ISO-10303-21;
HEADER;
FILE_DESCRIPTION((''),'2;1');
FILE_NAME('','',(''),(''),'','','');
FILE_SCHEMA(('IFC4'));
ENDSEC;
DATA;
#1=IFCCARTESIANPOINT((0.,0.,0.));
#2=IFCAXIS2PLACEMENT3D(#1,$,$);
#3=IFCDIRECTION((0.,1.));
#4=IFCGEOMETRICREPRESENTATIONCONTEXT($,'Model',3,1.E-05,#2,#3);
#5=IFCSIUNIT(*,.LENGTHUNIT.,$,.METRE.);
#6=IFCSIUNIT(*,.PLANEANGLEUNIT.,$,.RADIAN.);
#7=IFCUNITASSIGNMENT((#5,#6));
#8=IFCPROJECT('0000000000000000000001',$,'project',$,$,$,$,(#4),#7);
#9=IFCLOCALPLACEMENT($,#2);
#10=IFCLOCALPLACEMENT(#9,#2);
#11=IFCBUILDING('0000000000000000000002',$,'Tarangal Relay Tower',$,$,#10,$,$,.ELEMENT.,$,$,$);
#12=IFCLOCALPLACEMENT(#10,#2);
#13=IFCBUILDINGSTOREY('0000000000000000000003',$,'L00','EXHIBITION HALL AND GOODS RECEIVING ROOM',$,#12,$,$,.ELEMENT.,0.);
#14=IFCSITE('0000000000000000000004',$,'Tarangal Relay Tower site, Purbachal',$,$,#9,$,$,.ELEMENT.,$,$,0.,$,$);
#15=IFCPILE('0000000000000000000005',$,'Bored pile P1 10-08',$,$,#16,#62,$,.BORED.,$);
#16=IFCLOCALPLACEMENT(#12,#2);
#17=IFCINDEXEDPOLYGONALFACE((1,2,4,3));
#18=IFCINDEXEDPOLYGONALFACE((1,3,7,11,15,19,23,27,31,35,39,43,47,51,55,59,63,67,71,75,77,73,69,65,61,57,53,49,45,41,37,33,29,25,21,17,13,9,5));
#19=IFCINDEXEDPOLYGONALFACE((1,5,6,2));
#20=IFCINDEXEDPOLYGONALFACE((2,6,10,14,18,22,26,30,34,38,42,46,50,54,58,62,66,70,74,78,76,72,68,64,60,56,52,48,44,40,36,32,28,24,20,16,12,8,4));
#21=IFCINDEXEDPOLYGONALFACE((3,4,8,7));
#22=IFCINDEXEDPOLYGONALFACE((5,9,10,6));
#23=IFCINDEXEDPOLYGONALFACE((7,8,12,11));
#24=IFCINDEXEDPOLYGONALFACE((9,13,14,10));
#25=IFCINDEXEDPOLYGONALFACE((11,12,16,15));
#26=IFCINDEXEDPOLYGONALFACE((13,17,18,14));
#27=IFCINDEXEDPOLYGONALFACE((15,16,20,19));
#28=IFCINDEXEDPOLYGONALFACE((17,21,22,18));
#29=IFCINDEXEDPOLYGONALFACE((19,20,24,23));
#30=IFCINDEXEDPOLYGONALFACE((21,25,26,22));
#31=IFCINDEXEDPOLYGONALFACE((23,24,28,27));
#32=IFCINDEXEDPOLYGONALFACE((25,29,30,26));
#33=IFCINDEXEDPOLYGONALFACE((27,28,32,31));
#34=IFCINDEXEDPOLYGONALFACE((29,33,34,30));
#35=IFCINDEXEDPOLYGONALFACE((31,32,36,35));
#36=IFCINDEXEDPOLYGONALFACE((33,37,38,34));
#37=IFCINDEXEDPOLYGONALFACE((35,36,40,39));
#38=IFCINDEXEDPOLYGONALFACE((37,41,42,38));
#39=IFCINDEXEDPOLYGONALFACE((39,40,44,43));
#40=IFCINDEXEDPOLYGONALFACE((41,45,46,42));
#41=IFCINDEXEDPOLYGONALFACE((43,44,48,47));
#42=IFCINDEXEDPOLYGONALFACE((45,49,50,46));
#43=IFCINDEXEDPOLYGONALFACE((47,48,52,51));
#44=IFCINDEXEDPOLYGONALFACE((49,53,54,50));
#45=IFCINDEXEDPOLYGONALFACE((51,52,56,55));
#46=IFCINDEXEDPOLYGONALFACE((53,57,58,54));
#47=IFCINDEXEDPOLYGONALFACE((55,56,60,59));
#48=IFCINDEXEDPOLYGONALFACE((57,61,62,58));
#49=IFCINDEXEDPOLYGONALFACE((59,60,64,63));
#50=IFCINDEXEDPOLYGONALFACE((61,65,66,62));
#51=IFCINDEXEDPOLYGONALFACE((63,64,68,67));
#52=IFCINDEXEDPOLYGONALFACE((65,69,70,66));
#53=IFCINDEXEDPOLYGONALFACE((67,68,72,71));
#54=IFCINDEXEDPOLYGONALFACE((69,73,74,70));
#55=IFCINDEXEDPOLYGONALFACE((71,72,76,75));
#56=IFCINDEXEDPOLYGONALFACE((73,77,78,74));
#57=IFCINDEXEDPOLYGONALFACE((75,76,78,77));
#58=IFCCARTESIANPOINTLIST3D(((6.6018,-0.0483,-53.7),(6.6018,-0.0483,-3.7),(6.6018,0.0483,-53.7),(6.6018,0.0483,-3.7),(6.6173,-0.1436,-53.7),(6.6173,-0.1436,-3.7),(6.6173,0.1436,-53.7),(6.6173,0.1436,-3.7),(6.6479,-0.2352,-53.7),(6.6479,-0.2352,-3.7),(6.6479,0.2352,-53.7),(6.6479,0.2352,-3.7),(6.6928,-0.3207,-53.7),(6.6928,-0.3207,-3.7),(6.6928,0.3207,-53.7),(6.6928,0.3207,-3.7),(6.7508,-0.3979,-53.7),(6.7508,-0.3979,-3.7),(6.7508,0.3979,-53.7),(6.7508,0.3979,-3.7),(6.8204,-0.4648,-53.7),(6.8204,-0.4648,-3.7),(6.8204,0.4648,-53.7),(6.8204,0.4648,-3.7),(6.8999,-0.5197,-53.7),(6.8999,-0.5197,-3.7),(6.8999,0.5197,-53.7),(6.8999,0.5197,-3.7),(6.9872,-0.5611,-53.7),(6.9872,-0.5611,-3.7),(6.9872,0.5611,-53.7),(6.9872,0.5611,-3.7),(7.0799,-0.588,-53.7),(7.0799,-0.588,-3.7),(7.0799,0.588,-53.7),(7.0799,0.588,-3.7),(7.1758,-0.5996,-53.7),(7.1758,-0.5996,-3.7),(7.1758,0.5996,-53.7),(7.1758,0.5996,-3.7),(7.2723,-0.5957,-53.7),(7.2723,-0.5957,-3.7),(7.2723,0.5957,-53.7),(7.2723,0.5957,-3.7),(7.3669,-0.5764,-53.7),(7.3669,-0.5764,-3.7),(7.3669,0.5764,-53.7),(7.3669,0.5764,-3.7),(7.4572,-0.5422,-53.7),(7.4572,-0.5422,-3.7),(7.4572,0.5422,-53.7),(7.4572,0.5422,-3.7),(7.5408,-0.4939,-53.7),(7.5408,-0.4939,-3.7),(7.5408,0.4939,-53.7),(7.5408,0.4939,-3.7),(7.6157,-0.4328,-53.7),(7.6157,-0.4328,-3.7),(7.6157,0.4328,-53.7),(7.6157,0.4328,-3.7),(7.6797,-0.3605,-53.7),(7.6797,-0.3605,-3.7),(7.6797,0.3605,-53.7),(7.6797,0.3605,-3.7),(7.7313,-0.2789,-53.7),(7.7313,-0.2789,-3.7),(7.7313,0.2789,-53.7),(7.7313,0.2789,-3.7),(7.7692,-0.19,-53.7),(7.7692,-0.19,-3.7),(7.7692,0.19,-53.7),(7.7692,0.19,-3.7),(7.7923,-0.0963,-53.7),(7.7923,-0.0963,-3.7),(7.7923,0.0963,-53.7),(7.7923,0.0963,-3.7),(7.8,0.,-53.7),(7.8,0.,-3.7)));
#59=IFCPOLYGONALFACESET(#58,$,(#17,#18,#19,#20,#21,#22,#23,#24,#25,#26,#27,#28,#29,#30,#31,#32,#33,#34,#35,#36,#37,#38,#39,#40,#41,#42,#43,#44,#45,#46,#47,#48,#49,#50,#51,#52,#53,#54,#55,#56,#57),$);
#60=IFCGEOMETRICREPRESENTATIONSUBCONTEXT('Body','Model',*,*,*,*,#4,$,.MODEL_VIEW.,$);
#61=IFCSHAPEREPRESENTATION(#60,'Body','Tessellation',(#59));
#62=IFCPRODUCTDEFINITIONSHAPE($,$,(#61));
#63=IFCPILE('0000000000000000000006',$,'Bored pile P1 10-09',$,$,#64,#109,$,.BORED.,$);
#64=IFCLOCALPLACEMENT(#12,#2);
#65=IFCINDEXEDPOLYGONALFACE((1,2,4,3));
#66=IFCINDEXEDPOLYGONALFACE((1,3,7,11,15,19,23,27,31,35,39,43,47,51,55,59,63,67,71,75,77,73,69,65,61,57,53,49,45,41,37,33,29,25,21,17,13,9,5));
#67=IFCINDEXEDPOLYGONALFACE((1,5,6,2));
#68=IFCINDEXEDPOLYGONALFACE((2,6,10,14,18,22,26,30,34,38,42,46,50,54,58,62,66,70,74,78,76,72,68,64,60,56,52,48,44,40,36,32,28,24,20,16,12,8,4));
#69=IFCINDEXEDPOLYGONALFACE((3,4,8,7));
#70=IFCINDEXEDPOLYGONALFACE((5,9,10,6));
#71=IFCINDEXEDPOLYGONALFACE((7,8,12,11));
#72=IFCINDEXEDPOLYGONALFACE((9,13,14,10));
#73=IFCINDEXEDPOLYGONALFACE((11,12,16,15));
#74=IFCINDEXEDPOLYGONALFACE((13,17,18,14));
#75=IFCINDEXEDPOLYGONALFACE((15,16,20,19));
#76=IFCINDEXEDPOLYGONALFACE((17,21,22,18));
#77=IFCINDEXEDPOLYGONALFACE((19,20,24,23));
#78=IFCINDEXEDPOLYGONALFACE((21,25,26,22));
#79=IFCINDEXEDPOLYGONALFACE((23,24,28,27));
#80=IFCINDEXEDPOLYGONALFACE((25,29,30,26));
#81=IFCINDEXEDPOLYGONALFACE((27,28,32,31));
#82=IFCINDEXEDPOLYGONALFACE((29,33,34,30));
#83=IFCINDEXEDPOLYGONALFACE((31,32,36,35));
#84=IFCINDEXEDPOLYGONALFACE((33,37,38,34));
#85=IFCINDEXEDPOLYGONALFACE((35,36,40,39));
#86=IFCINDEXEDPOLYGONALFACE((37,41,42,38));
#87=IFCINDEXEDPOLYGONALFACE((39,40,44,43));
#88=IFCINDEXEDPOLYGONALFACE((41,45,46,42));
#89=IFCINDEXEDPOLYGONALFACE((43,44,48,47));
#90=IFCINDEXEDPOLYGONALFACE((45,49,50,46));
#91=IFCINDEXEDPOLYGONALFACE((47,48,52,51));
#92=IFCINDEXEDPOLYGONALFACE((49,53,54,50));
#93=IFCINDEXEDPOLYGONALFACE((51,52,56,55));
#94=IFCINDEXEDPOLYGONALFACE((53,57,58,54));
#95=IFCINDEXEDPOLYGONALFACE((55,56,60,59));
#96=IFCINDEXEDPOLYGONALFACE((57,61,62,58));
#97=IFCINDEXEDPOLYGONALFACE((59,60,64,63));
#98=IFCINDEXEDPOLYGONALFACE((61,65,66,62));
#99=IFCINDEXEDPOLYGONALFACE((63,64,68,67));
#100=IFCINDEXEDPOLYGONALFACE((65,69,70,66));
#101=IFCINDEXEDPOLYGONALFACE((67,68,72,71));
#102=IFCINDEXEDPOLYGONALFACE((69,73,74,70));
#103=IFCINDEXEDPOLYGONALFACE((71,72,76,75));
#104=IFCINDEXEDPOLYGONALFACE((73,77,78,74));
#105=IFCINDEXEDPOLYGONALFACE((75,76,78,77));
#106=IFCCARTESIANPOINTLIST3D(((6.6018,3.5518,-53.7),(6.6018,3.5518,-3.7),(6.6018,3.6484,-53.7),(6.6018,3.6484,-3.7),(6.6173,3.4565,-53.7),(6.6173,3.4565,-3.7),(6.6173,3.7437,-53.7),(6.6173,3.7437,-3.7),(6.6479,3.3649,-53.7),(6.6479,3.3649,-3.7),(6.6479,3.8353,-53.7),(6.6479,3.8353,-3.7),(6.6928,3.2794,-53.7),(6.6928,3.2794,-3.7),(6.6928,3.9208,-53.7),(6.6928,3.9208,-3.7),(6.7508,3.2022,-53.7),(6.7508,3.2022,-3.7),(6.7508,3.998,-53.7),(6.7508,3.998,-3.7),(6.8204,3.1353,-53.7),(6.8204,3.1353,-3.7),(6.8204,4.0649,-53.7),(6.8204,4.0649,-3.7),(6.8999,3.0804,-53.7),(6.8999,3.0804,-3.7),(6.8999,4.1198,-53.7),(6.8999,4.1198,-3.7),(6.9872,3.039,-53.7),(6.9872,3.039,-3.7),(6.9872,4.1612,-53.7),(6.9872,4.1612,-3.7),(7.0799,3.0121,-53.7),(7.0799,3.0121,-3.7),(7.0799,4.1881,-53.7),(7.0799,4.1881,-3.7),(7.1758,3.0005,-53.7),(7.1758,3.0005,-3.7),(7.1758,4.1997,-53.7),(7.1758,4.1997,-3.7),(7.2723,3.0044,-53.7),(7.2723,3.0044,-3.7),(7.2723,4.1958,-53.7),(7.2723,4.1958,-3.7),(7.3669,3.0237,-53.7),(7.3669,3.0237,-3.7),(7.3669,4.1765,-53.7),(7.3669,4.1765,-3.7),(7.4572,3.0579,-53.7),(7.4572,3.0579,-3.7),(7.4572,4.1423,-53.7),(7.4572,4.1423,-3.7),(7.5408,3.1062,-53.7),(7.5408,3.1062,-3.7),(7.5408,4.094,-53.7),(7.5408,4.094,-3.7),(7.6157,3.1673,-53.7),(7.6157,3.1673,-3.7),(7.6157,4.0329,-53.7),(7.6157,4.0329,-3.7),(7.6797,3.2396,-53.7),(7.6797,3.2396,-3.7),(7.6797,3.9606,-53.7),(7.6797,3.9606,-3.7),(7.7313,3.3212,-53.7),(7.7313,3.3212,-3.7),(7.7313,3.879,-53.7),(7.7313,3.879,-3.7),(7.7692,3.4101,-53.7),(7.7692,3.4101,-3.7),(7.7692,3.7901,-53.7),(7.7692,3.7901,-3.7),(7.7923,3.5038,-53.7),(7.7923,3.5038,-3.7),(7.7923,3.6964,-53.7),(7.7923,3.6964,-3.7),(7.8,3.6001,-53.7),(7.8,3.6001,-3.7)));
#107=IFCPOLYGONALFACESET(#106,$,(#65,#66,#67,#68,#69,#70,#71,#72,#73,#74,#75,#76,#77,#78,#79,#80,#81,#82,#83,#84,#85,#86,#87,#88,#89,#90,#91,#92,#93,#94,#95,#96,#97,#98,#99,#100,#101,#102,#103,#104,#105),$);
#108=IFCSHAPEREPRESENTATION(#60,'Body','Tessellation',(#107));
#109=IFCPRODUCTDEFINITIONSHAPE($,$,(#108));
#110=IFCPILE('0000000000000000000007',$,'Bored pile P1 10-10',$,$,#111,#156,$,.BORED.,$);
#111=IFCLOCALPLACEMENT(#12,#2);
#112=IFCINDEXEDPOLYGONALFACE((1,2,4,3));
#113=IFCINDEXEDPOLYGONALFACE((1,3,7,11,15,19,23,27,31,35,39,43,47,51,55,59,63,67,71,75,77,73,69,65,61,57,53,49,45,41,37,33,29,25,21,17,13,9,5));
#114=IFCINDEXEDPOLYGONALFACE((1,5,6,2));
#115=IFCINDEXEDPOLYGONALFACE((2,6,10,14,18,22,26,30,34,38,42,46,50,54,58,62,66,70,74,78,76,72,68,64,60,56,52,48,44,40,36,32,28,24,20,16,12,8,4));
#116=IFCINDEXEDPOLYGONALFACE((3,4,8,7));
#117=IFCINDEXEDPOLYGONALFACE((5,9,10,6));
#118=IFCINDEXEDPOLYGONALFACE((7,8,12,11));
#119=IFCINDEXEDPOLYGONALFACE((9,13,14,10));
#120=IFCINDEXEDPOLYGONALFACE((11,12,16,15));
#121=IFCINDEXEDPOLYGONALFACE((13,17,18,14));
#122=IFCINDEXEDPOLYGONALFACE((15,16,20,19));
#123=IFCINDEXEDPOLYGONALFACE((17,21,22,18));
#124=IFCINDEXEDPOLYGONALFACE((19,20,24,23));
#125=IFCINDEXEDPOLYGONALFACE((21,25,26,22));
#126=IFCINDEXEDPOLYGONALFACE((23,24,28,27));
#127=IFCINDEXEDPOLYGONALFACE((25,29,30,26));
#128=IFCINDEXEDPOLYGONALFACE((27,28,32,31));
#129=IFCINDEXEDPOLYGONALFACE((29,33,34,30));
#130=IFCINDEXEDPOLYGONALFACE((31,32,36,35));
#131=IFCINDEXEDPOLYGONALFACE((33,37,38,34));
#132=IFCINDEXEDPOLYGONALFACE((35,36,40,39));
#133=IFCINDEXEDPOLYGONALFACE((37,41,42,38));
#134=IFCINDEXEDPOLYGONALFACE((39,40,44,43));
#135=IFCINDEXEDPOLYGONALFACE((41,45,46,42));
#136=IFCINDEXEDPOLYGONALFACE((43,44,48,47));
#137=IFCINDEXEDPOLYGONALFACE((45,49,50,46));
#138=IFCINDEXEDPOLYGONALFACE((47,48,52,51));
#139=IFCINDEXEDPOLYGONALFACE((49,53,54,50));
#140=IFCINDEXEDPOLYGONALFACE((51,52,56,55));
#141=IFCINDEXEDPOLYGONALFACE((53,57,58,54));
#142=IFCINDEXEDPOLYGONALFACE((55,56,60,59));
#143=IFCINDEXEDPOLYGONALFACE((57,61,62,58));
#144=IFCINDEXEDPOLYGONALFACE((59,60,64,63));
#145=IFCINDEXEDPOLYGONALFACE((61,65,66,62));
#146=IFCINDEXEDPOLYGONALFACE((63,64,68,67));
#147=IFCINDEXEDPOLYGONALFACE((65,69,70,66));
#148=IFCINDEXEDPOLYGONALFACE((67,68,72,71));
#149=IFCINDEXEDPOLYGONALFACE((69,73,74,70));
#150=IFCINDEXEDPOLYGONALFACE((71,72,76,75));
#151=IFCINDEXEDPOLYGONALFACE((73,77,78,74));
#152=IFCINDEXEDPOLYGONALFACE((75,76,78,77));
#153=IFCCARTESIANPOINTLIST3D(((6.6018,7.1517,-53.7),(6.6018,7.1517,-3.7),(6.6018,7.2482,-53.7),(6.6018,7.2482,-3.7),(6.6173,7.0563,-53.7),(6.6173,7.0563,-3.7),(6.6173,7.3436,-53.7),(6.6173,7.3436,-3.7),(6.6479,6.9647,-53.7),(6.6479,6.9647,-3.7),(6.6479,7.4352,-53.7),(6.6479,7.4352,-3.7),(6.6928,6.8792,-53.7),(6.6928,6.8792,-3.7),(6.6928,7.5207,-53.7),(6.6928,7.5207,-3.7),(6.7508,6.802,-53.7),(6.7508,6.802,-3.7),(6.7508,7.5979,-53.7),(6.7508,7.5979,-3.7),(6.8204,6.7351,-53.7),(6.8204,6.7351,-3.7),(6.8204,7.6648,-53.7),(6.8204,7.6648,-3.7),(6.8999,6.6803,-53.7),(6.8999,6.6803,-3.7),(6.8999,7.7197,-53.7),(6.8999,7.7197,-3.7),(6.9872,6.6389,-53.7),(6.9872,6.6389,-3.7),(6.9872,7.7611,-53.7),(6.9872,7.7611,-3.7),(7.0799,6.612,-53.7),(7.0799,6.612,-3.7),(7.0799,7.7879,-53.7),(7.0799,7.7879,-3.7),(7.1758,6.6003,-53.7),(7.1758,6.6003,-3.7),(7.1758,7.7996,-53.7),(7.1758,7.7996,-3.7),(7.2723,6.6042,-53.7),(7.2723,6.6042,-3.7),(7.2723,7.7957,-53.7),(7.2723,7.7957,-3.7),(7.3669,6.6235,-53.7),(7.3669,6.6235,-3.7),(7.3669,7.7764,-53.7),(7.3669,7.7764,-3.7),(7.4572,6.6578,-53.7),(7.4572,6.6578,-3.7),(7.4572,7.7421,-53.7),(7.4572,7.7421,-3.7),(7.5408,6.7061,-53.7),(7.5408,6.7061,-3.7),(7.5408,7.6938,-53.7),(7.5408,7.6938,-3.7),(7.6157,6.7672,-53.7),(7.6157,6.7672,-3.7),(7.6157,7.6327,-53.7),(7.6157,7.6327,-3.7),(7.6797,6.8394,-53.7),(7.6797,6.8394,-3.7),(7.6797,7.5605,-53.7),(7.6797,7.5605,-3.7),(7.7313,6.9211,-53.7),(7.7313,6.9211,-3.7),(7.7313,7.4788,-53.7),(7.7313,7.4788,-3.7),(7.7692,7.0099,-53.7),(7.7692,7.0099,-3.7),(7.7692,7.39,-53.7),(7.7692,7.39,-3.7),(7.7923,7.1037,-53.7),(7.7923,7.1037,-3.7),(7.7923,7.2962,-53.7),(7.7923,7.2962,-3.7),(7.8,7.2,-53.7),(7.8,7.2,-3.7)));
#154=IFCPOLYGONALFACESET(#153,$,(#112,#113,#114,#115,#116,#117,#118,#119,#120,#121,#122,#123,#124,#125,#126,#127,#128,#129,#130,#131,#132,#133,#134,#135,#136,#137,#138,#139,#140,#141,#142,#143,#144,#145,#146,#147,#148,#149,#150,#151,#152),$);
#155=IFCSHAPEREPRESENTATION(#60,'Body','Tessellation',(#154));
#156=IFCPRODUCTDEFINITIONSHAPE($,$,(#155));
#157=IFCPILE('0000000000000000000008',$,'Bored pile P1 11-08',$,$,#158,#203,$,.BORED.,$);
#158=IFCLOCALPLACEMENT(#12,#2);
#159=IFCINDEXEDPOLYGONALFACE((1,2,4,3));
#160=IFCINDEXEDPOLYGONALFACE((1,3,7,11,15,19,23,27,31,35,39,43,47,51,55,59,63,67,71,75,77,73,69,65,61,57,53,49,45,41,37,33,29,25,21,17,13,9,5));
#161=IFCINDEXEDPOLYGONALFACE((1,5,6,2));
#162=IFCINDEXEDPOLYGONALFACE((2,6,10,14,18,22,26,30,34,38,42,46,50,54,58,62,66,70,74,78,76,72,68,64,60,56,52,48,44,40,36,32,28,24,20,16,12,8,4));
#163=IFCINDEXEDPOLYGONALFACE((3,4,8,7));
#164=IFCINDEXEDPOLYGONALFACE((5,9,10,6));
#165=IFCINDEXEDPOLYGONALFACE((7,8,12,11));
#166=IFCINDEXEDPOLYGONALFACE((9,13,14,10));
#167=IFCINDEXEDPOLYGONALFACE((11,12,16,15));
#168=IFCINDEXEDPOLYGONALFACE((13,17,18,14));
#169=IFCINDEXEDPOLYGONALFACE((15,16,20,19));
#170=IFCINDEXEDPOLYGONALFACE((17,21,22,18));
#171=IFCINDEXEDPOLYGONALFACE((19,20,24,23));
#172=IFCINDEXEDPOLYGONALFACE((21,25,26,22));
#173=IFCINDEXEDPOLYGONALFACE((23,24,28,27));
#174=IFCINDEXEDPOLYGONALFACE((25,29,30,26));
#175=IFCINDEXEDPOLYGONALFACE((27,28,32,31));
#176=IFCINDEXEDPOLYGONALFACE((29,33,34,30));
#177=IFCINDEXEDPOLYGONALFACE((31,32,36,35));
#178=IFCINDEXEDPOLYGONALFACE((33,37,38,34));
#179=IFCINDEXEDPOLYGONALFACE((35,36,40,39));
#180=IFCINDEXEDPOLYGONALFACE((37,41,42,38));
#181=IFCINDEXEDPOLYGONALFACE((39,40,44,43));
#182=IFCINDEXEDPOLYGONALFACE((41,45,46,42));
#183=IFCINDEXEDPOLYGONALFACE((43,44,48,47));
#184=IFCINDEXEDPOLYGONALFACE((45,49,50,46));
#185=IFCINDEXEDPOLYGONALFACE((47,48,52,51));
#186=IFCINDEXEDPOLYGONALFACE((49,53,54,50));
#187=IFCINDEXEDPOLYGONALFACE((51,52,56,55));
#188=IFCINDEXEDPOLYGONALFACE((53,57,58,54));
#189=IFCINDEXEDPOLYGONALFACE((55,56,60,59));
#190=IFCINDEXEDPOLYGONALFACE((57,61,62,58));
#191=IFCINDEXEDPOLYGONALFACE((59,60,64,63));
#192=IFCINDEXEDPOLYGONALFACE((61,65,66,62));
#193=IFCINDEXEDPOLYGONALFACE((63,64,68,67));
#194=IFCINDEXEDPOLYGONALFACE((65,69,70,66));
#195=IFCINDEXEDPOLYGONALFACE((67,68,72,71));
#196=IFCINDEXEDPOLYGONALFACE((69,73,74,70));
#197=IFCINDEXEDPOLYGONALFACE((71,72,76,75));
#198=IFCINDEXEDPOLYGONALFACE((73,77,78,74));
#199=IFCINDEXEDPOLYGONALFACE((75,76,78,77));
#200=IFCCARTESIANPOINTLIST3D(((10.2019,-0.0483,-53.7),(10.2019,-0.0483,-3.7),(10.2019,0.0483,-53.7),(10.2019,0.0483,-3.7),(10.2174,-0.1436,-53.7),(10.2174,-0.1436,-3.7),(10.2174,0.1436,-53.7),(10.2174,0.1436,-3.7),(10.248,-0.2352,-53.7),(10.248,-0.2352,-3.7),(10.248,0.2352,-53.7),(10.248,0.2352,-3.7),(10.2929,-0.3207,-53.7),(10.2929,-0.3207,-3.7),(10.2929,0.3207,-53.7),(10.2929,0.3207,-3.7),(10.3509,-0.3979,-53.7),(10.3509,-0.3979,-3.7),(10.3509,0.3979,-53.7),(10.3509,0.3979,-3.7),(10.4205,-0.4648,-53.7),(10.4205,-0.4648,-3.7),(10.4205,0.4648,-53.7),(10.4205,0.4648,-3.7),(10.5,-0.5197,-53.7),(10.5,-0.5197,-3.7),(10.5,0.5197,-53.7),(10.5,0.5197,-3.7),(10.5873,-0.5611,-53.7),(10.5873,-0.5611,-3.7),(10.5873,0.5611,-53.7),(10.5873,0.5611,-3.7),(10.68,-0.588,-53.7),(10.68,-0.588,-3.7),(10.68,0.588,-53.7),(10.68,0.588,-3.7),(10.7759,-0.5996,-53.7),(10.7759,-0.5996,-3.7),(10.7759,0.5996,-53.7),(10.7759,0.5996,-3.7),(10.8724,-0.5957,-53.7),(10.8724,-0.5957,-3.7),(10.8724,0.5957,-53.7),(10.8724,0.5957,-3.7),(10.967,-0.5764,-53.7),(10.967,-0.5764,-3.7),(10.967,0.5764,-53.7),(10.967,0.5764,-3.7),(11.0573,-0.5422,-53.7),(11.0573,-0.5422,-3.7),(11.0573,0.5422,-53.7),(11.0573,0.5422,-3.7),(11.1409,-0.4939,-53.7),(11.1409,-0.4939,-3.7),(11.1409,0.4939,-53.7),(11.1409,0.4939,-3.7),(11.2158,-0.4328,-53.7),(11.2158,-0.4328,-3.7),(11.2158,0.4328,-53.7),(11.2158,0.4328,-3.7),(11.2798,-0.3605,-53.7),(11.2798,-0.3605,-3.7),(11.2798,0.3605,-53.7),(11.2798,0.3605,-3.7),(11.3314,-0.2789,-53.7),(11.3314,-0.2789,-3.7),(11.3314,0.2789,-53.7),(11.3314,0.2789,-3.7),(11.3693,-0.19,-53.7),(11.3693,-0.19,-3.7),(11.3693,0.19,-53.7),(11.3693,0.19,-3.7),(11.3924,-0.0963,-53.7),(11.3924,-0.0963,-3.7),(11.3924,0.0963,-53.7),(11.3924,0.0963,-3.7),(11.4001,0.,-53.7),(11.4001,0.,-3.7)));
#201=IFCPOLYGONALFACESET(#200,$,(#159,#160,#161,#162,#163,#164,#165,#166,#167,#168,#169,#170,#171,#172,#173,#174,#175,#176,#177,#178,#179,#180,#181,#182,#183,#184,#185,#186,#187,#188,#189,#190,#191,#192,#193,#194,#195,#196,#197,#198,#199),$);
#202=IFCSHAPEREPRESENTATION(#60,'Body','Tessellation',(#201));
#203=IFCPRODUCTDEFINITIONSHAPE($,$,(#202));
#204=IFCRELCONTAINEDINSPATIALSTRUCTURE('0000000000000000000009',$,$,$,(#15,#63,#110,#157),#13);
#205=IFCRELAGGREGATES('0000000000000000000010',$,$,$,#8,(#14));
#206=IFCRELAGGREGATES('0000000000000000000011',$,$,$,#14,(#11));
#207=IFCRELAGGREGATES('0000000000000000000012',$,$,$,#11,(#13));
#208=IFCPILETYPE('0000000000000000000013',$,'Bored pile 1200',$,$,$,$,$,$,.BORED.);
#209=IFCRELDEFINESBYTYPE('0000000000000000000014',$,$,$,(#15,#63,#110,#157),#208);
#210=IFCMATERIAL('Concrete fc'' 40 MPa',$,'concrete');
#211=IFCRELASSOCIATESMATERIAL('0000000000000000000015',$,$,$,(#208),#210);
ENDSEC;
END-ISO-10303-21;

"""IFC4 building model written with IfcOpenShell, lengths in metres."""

from ifc_helpers import new_model, si_unit, direction, frame, origin, origin_2d, place, context, subcontext, project, spatial, circle, extrude, material, material_profile, profile_set, type_object, element, save


model = new_model("IFC4")

# Units and contexts
model_context = context("Model", 3, precision=1e-05, world=origin(), true_north=direction((0.0, 1.0)))
body_context = subcontext(model_context, "Body", "Model", "MODEL_VIEW")
ifc_project = project(units=[si_unit("LENGTHUNIT", "METRE"), si_unit("PLANEANGLEUNIT", "RADIAN")], contexts=[model_context])

# Site, building, storey
site_placement = place(None, origin())
site = spatial("IfcSite", under=ifc_project, at=site_placement, Name="Tarangal Relay Tower site, Purbachal", CompositionType="ELEMENT", RefElevation=0.0)
building_placement = place(site_placement, origin())
building = spatial("IfcBuilding", under=site, at=building_placement, Name="Tarangal Relay Tower", CompositionType="ELEMENT")
storey_placement = place(building_placement, origin())
storey = spatial("IfcBuildingStorey", under=building, at=storey_placement, Name="L00", Description="EXHIBITION HALL AND GOODS RECEIVING ROOM", CompositionType="ELEMENT", Elevation=0.0)

# Piles
ifc_material_1 = material(Name="Concrete fc' 40 MPa", Category="concrete")
ifc_material_profile = material_profile(ifc_material_1, circle(Radius=0.6001, at=origin_2d()), Name="D1200")
ifc_profile_set = profile_set([ifc_material_profile], Name="Concrete fc' 40 MPa")
pile_type = type_object("IfcPileType", Name="Bored pile 1200", PredefinedType="BORED", material=ifc_profile_set)
for number, where, z_axis, x_axis, name in (
    (1, (7.2, 0.0, -3.7), (0.0, 0.0, -1.0), (1.0, 0.0, 0.0), "Bored pile P1 10-08"),
    (2, (7.2, 3.6001, -3.7), (0.0, 0.0, -1.0), (1.0, 0.0, 0.0), "Bored pile P1 10-09"),
    (3, (7.2, 7.2, -3.7), (0.0, 0.0, -1.0), (1.0, 0.0, 0.0), "Bored pile P1 10-10"),
    (4, (10.8, 0.0, -3.7), (0.0, 0.0, -1.0), (1.0, 0.0, 0.0), "Bored pile P1 11-08"),
):
    element("IfcPile", number, at=place(storey_placement, frame(where, z_axis=z_axis, x_axis=x_axis)), inside=storey, type_object=pile_type, Name=name, PredefinedType="BORED", context=body_context, shape_type="SweptSolid", body=[
        extrude(circle(Radius=0.6001, at=origin_2d()), origin(), (0.0, 0.0, 1.0), 50.0),
    ])

save(model, "model.ifc")
